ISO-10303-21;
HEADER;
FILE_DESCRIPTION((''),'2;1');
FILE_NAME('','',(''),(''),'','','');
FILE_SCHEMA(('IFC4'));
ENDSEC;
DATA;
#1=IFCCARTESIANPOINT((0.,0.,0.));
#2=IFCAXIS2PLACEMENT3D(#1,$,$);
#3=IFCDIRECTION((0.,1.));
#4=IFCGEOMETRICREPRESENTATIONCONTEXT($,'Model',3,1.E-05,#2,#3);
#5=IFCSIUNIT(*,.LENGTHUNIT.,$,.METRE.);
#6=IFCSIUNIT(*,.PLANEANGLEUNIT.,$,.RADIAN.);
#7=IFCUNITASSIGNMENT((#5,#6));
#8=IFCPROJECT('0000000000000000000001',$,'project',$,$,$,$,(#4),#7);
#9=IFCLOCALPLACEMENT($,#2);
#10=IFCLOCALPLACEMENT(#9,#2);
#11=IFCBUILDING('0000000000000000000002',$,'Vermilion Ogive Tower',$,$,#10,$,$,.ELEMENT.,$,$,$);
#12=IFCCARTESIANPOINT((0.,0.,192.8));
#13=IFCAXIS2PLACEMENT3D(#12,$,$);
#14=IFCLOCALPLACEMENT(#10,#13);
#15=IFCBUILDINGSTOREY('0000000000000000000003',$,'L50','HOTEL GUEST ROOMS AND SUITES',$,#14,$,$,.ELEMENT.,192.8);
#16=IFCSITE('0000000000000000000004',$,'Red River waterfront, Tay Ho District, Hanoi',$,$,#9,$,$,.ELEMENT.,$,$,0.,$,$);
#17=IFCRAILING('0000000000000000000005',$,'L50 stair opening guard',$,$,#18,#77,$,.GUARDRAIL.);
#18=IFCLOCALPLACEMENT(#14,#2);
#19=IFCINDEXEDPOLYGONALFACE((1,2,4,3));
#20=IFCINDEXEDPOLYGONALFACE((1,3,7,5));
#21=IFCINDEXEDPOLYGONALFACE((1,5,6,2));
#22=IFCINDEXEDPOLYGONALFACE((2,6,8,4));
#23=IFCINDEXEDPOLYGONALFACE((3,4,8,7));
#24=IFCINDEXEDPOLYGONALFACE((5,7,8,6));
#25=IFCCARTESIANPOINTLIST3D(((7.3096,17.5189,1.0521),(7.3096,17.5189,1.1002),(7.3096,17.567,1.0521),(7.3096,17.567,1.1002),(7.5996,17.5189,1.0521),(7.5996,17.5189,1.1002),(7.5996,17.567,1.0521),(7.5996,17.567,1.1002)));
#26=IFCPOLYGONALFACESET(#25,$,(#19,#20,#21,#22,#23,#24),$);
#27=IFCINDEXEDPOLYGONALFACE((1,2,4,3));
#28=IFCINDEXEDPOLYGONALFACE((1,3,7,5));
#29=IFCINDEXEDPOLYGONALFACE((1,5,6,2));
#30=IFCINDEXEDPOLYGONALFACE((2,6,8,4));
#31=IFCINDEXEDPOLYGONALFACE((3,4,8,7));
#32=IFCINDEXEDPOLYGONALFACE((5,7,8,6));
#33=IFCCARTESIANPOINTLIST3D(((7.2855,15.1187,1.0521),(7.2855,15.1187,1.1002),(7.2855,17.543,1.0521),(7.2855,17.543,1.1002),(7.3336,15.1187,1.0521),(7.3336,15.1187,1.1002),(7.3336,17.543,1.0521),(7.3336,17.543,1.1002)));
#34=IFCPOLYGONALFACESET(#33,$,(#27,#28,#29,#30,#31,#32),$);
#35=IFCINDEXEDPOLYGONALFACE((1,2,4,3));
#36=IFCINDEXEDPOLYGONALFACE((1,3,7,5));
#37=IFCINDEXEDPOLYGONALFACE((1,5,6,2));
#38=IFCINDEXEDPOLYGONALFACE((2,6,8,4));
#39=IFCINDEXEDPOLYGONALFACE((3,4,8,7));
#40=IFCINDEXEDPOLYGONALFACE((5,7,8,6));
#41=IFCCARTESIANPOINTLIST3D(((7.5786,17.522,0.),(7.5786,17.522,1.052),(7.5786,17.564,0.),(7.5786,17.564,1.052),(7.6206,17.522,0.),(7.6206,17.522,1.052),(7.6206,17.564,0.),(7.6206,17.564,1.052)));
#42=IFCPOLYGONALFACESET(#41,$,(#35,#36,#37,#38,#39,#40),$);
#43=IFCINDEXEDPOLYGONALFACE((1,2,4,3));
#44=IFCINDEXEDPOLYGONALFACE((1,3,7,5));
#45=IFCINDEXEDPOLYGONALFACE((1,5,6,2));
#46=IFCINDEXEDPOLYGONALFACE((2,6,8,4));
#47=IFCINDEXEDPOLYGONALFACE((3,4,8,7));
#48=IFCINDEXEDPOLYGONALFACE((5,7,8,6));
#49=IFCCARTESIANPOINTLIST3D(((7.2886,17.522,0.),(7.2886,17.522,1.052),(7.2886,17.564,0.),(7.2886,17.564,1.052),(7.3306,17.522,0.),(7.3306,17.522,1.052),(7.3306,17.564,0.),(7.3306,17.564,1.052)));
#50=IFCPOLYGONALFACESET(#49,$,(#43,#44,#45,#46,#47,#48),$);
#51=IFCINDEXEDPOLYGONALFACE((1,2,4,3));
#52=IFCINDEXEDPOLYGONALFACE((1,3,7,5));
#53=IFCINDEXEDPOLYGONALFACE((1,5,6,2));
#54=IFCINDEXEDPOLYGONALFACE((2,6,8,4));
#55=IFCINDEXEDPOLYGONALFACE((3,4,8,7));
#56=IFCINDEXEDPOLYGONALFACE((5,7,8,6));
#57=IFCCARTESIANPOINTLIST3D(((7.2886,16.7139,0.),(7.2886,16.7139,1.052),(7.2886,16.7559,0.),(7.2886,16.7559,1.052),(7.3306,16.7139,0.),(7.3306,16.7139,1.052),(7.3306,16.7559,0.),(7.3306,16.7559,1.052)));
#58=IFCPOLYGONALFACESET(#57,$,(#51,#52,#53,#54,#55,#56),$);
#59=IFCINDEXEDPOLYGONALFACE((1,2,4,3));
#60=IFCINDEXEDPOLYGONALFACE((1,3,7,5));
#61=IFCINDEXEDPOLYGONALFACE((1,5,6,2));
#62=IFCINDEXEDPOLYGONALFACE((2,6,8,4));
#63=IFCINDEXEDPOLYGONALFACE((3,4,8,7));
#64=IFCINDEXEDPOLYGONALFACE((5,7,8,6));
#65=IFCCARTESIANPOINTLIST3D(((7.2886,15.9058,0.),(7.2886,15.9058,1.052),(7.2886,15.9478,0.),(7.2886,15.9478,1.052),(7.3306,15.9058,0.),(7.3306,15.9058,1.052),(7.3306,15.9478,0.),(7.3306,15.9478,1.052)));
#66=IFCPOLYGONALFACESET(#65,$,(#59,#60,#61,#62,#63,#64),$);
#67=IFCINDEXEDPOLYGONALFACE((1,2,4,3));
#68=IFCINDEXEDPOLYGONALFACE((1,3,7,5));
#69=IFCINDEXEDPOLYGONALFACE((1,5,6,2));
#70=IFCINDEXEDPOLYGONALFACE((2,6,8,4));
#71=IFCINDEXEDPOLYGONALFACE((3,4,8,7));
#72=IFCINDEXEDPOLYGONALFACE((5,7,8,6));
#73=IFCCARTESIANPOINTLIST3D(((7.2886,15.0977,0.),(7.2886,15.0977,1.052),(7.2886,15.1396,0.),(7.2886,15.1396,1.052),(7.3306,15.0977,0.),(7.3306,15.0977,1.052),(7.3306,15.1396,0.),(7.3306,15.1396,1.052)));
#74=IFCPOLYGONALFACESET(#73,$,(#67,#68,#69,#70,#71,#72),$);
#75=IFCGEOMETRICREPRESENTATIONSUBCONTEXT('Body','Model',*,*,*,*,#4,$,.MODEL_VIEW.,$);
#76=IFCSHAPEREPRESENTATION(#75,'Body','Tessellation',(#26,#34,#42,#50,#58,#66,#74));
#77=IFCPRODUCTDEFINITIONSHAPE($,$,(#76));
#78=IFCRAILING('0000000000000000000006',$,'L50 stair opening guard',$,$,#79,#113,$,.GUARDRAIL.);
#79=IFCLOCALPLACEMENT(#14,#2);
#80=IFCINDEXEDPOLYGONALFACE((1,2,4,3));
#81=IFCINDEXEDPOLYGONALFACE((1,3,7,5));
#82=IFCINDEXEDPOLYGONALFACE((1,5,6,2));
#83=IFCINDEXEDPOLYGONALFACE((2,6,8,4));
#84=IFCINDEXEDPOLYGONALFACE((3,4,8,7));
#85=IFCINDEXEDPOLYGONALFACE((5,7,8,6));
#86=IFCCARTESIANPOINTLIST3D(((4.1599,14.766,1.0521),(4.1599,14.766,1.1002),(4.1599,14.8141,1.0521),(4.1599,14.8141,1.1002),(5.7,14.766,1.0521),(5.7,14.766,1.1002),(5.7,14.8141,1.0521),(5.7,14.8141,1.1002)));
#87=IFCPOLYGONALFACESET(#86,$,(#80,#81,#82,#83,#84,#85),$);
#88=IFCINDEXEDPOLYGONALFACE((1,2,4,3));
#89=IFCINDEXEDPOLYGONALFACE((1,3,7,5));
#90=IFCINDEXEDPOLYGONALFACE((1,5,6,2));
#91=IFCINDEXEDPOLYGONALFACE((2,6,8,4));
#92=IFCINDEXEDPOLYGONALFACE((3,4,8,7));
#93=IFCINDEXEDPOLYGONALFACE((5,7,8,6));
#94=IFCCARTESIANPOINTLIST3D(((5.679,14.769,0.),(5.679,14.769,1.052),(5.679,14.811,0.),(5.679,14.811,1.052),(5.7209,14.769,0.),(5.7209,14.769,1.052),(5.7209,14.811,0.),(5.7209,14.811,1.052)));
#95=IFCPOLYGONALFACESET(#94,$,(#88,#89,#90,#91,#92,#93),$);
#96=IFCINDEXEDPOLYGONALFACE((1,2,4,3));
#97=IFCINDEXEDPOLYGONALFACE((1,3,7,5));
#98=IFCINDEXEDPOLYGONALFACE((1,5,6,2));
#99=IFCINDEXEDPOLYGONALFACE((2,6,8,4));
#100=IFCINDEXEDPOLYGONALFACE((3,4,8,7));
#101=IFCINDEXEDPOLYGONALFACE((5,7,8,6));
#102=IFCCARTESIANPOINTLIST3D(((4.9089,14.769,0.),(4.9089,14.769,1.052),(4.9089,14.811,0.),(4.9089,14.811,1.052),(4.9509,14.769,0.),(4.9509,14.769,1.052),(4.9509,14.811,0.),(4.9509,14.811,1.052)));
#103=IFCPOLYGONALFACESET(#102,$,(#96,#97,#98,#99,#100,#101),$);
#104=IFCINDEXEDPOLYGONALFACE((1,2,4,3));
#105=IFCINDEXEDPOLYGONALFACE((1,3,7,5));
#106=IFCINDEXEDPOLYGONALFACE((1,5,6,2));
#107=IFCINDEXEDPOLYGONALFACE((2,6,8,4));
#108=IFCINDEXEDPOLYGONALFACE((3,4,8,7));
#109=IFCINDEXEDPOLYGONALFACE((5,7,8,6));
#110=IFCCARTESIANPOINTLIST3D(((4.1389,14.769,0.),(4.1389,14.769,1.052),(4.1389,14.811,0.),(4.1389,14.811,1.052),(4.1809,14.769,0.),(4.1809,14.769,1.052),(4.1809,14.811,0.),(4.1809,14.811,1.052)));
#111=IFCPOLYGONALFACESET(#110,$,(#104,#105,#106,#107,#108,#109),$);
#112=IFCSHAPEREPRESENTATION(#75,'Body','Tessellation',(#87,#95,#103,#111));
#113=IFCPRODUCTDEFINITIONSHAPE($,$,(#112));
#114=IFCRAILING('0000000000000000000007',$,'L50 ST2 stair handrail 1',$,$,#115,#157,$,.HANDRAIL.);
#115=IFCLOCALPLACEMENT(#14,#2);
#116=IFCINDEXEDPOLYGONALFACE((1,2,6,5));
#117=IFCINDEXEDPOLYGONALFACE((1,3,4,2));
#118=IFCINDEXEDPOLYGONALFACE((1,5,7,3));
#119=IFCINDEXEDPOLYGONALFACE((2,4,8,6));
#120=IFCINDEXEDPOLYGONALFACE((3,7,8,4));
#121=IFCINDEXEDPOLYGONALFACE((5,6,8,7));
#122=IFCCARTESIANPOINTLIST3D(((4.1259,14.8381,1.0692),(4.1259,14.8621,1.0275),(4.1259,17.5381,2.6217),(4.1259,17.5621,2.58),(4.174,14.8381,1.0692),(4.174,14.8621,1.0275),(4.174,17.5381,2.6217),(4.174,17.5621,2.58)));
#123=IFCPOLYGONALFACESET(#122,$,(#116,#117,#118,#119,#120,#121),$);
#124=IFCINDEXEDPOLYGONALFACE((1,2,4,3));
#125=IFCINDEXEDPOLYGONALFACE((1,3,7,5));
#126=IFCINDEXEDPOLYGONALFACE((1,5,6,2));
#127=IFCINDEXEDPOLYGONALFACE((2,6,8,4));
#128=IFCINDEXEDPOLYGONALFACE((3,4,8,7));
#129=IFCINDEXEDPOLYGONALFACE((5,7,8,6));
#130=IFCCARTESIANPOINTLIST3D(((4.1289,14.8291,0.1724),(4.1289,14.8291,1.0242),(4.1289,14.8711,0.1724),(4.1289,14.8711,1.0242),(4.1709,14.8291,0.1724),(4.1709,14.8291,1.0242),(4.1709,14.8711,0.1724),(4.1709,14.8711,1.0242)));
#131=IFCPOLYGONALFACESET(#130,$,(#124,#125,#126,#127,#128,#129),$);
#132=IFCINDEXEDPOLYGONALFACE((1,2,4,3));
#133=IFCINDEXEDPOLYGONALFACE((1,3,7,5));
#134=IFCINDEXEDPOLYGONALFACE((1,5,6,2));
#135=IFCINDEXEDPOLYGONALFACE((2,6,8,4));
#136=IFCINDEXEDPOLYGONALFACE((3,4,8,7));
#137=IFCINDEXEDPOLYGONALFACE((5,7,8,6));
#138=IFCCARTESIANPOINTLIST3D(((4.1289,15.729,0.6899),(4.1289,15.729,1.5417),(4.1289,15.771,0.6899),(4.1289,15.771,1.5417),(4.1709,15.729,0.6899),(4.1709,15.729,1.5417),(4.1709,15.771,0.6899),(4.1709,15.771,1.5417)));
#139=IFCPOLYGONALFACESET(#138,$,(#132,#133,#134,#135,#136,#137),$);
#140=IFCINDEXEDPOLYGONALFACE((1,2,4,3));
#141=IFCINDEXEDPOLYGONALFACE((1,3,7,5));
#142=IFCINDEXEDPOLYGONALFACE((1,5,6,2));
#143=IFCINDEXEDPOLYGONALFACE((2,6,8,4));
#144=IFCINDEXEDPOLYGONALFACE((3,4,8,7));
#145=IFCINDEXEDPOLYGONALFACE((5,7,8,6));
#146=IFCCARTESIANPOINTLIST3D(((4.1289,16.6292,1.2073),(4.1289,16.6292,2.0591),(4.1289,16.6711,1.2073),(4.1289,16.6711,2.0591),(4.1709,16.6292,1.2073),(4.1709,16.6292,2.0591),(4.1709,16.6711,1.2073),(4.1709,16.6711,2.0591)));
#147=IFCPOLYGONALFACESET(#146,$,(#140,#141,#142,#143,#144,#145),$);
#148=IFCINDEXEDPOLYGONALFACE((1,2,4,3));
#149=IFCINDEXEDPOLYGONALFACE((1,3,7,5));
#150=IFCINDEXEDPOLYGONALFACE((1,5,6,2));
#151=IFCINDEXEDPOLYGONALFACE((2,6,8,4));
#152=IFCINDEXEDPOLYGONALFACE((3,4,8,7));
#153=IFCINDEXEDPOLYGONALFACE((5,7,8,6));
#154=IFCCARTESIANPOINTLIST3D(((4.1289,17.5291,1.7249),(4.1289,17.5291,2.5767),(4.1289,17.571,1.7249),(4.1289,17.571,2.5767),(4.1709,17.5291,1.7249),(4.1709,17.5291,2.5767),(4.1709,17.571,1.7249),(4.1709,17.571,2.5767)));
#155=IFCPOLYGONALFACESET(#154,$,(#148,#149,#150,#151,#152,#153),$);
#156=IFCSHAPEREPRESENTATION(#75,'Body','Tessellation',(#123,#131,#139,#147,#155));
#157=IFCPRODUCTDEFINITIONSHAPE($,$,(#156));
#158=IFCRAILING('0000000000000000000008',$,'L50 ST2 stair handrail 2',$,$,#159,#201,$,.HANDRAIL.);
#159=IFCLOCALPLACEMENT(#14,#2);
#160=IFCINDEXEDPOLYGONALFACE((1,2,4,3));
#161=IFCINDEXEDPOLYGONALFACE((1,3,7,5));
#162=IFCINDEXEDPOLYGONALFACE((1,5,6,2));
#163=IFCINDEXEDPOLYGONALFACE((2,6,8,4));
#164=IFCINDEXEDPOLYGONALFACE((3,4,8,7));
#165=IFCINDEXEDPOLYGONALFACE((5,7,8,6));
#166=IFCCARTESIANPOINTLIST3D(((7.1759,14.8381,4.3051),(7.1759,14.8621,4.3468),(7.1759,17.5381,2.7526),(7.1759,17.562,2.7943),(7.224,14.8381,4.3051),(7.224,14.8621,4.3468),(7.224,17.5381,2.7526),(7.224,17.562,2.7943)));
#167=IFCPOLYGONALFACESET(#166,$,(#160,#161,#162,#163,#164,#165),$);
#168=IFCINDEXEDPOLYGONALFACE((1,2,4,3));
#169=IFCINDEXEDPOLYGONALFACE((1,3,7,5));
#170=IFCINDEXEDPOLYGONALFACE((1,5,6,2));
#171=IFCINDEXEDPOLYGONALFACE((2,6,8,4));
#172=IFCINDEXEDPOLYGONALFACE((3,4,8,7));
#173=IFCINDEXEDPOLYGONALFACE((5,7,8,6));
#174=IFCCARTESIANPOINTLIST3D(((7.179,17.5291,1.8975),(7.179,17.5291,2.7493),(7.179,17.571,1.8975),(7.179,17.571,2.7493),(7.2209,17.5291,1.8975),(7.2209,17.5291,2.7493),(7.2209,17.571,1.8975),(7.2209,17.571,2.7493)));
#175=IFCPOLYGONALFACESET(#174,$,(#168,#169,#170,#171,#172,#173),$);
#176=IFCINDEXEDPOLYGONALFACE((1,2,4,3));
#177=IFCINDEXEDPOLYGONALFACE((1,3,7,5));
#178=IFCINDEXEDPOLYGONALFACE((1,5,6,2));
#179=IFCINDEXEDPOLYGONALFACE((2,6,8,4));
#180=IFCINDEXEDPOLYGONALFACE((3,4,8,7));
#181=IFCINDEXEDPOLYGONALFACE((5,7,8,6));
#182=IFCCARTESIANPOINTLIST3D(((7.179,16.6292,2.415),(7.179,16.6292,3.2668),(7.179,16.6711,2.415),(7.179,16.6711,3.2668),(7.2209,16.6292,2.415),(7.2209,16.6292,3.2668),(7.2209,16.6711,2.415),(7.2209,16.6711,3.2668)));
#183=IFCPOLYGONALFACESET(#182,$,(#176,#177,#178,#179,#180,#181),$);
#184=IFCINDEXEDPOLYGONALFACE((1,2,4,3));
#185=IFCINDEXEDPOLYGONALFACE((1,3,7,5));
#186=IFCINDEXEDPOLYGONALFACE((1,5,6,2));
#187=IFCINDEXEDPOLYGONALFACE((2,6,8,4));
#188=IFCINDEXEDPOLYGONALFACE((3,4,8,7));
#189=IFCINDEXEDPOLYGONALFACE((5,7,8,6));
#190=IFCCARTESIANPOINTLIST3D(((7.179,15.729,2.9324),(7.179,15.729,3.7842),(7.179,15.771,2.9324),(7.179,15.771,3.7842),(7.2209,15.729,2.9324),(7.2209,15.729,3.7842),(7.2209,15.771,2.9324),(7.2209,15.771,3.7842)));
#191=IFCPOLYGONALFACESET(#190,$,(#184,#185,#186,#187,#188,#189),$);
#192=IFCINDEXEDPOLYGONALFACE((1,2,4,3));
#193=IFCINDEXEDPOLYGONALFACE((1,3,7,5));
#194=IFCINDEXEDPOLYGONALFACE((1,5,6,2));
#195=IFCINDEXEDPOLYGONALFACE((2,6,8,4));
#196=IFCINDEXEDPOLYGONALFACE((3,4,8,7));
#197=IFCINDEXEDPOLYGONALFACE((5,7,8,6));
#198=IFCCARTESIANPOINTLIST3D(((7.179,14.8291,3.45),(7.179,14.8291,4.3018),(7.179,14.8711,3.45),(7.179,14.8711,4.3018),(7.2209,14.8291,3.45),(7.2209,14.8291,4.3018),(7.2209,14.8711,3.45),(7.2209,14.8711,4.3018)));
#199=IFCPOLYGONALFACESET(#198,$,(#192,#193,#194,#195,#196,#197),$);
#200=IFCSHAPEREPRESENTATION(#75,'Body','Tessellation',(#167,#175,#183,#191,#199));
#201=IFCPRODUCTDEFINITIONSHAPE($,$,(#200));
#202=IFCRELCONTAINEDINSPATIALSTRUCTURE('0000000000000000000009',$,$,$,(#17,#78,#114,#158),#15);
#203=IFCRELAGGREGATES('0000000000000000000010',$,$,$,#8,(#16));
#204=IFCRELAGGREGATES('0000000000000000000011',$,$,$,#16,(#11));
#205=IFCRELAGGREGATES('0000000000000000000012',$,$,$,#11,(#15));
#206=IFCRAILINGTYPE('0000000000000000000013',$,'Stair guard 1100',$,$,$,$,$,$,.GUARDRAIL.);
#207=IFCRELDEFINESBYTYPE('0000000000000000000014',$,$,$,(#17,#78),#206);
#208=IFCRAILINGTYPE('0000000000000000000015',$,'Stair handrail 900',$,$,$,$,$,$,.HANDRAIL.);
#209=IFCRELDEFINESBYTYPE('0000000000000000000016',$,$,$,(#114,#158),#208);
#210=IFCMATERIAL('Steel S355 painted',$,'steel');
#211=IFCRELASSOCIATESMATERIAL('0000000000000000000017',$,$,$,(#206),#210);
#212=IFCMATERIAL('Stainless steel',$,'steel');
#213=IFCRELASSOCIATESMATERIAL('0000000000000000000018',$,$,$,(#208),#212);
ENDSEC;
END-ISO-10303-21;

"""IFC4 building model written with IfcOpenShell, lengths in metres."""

from ifc_helpers import new_model, si_unit, direction, frame, origin, origin_2d, place, context, subcontext, project, spatial, rectangle, extrude, material, type_object, element, save


model = new_model("IFC4")

# Units and contexts
model_context = context("Model", 3, precision=1e-05, world=origin(), true_north=direction((0.0, 1.0)))
body_context = subcontext(model_context, "Body", "Model", "MODEL_VIEW")
ifc_project = project(units=[si_unit("LENGTHUNIT", "METRE"), si_unit("PLANEANGLEUNIT", "RADIAN")], contexts=[model_context])

# Site, building, storey
site_placement = place(None, origin())
site = spatial("IfcSite", under=ifc_project, at=site_placement, Name="Red River waterfront, Tay Ho District, Hanoi", CompositionType="ELEMENT", RefElevation=0.0)
building_placement = place(site_placement, origin())
building = spatial("IfcBuilding", under=site, at=building_placement, Name="Vermilion Ogive Tower", CompositionType="ELEMENT")
storey_placement = place(building_placement, frame((0.0, 0.0, 192.8)))
storey = spatial("IfcBuildingStorey", under=building, at=storey_placement, Name="L50", Description="HOTEL GUEST ROOMS AND SUITES", CompositionType="ELEMENT", Elevation=192.8)

# Railings
ifc_material_1 = material(Name="Steel S355 painted", Category="steel")
railing_type_1 = type_object("IfcRailingType", Name="Stair guard 1100", PredefinedType="GUARDRAIL", material=ifc_material_1)
railing_1_placement = place(storey_placement, frame((7.5996, 17.543, 0.0)))
element("IfcRailing", 1, at=railing_1_placement, inside=storey, type_object=railing_type_1, Name="L50 stair opening guard", PredefinedType="GUARDRAIL", context=body_context, shape_type="SweptSolid", body=[
    extrude(rectangle(XDim=0.0481, YDim=0.0481, at=origin_2d()), frame((0.0, 0.0, 1.0762), z_axis=(-1.0, 0.0, 0.0), x_axis=(0.0, -1.0, 0.0)), (0.0, 0.0, 1.0), 0.29),
    extrude(rectangle(XDim=0.0481, YDim=0.0481, at=origin_2d()), frame((-0.29, 0.0, 1.0762), z_axis=(0.0, -1.0, 0.0), x_axis=(1.0, 0.0, 0.0)), (0.0, 0.0, 1.0), 2.4243),
    extrude(rectangle(XDim=0.042, YDim=0.042, at=origin_2d()), origin(), (0.0, 0.0, 1.0), 1.052),
    extrude(rectangle(XDim=0.042, YDim=0.042, at=origin_2d()), frame((-0.29, 0.0, 0.0)), (0.0, 0.0, 1.0), 1.052),
    extrude(rectangle(XDim=0.042, YDim=0.042, at=origin_2d()), frame((-0.29, -0.8081, 0.0)), (0.0, 0.0, 1.0), 1.052),
    extrude(rectangle(XDim=0.042, YDim=0.042, at=origin_2d()), frame((-0.29, -1.6162, 0.0)), (0.0, 0.0, 1.0), 1.052),
    extrude(rectangle(XDim=0.042, YDim=0.042, at=origin_2d()), frame((-0.29, -2.4243, 0.0)), (0.0, 0.0, 1.0), 1.052),
])
railing_2_placement = place(storey_placement, frame((5.7, 14.79, 0.0)))
element("IfcRailing", 2, at=railing_2_placement, inside=storey, type_object=railing_type_1, Name="L50 stair opening guard", PredefinedType="GUARDRAIL", context=body_context, shape_type="SweptSolid", body=[
    extrude(rectangle(XDim=0.0481, YDim=0.0481, at=origin_2d()), frame((0.0, 0.0, 1.0762), z_axis=(-1.0, 0.0, 0.0), x_axis=(0.0, -1.0, 0.0)), (0.0, 0.0, 1.0), 1.54),
    extrude(rectangle(XDim=0.042, YDim=0.042, at=origin_2d()), origin(), (0.0, 0.0, 1.0), 1.052),
    extrude(rectangle(XDim=0.042, YDim=0.042, at=origin_2d()), frame((-0.77, 0.0, 0.0)), (0.0, 0.0, 1.0), 1.052),
    extrude(rectangle(XDim=0.042, YDim=0.042, at=origin_2d()), frame((-1.54, 0.0, 0.0)), (0.0, 0.0, 1.0), 1.052),
])
ifc_material_2 = material(Name="Stainless steel", Category="steel")
railing_type_2 = type_object("IfcRailingType", Name="Stair handrail 900", PredefinedType="HANDRAIL", material=ifc_material_2)
railing_3_placement = place(storey_placement, frame((4.1499, 14.8501, 0.1724)))
element("IfcRailing", 3, at=railing_3_placement, inside=storey, type_object=railing_type_2, Name="L50 ST2 stair handrail 1", PredefinedType="HANDRAIL", context=body_context, shape_type="SweptSolid", body=[
    extrude(rectangle(XDim=0.0481, YDim=0.0481, at=origin_2d()), frame((0.0, 0.0, 0.876), z_axis=(0.0, 0.866904, 0.498476), x_axis=(-1.0, 0.0, 0.0)), (0.0, 0.0, 1.0), 3.1145),
    extrude(rectangle(XDim=0.042, YDim=0.042, at=origin_2d()), origin(), (0.0, 0.0, 1.0), 0.8518),
    extrude(rectangle(XDim=0.042, YDim=0.042, at=origin_2d()), frame((0.0, 0.8999, 0.5176)), (0.0, 0.0, 1.0), 0.8518),
    extrude(rectangle(XDim=0.042, YDim=0.042, at=origin_2d()), frame((0.0, 1.8, 1.0349)), (0.0, 0.0, 1.0), 0.8518),
    extrude(rectangle(XDim=0.042, YDim=0.042, at=origin_2d()), frame((0.0, 2.7, 1.5525)), (0.0, 0.0, 1.0), 0.8518),
])
railing_4_placement = place(storey_placement, frame((7.2, 17.55, 1.8975)))
element("IfcRailing", 4, at=railing_4_placement, inside=storey, type_object=railing_type_2, Name="L50 ST2 stair handrail 2", PredefinedType="HANDRAIL", context=body_context, shape_type="SweptSolid", body=[
    extrude(rectangle(XDim=0.0481, YDim=0.0481, at=origin_2d()), frame((0.0, 0.0, 0.876), z_axis=(0.0, -0.866904, 0.498476), x_axis=(1.0, 0.0, 0.0)), (0.0, 0.0, 1.0), 3.1145),
    extrude(rectangle(XDim=0.042, YDim=0.042, at=origin_2d()), origin(), (0.0, 0.0, 1.0), 0.8518),
    extrude(rectangle(XDim=0.042, YDim=0.042, at=origin_2d()), frame((0.0, -0.8999, 0.5176)), (0.0, 0.0, 1.0), 0.8518),
    extrude(rectangle(XDim=0.042, YDim=0.042, at=origin_2d()), frame((0.0, -1.8, 1.0349)), (0.0, 0.0, 1.0), 0.8518),
    extrude(rectangle(XDim=0.042, YDim=0.042, at=origin_2d()), frame((0.0, -2.7, 1.5525)), (0.0, 0.0, 1.0), 0.8518),
])

save(model, "model.ifc")
